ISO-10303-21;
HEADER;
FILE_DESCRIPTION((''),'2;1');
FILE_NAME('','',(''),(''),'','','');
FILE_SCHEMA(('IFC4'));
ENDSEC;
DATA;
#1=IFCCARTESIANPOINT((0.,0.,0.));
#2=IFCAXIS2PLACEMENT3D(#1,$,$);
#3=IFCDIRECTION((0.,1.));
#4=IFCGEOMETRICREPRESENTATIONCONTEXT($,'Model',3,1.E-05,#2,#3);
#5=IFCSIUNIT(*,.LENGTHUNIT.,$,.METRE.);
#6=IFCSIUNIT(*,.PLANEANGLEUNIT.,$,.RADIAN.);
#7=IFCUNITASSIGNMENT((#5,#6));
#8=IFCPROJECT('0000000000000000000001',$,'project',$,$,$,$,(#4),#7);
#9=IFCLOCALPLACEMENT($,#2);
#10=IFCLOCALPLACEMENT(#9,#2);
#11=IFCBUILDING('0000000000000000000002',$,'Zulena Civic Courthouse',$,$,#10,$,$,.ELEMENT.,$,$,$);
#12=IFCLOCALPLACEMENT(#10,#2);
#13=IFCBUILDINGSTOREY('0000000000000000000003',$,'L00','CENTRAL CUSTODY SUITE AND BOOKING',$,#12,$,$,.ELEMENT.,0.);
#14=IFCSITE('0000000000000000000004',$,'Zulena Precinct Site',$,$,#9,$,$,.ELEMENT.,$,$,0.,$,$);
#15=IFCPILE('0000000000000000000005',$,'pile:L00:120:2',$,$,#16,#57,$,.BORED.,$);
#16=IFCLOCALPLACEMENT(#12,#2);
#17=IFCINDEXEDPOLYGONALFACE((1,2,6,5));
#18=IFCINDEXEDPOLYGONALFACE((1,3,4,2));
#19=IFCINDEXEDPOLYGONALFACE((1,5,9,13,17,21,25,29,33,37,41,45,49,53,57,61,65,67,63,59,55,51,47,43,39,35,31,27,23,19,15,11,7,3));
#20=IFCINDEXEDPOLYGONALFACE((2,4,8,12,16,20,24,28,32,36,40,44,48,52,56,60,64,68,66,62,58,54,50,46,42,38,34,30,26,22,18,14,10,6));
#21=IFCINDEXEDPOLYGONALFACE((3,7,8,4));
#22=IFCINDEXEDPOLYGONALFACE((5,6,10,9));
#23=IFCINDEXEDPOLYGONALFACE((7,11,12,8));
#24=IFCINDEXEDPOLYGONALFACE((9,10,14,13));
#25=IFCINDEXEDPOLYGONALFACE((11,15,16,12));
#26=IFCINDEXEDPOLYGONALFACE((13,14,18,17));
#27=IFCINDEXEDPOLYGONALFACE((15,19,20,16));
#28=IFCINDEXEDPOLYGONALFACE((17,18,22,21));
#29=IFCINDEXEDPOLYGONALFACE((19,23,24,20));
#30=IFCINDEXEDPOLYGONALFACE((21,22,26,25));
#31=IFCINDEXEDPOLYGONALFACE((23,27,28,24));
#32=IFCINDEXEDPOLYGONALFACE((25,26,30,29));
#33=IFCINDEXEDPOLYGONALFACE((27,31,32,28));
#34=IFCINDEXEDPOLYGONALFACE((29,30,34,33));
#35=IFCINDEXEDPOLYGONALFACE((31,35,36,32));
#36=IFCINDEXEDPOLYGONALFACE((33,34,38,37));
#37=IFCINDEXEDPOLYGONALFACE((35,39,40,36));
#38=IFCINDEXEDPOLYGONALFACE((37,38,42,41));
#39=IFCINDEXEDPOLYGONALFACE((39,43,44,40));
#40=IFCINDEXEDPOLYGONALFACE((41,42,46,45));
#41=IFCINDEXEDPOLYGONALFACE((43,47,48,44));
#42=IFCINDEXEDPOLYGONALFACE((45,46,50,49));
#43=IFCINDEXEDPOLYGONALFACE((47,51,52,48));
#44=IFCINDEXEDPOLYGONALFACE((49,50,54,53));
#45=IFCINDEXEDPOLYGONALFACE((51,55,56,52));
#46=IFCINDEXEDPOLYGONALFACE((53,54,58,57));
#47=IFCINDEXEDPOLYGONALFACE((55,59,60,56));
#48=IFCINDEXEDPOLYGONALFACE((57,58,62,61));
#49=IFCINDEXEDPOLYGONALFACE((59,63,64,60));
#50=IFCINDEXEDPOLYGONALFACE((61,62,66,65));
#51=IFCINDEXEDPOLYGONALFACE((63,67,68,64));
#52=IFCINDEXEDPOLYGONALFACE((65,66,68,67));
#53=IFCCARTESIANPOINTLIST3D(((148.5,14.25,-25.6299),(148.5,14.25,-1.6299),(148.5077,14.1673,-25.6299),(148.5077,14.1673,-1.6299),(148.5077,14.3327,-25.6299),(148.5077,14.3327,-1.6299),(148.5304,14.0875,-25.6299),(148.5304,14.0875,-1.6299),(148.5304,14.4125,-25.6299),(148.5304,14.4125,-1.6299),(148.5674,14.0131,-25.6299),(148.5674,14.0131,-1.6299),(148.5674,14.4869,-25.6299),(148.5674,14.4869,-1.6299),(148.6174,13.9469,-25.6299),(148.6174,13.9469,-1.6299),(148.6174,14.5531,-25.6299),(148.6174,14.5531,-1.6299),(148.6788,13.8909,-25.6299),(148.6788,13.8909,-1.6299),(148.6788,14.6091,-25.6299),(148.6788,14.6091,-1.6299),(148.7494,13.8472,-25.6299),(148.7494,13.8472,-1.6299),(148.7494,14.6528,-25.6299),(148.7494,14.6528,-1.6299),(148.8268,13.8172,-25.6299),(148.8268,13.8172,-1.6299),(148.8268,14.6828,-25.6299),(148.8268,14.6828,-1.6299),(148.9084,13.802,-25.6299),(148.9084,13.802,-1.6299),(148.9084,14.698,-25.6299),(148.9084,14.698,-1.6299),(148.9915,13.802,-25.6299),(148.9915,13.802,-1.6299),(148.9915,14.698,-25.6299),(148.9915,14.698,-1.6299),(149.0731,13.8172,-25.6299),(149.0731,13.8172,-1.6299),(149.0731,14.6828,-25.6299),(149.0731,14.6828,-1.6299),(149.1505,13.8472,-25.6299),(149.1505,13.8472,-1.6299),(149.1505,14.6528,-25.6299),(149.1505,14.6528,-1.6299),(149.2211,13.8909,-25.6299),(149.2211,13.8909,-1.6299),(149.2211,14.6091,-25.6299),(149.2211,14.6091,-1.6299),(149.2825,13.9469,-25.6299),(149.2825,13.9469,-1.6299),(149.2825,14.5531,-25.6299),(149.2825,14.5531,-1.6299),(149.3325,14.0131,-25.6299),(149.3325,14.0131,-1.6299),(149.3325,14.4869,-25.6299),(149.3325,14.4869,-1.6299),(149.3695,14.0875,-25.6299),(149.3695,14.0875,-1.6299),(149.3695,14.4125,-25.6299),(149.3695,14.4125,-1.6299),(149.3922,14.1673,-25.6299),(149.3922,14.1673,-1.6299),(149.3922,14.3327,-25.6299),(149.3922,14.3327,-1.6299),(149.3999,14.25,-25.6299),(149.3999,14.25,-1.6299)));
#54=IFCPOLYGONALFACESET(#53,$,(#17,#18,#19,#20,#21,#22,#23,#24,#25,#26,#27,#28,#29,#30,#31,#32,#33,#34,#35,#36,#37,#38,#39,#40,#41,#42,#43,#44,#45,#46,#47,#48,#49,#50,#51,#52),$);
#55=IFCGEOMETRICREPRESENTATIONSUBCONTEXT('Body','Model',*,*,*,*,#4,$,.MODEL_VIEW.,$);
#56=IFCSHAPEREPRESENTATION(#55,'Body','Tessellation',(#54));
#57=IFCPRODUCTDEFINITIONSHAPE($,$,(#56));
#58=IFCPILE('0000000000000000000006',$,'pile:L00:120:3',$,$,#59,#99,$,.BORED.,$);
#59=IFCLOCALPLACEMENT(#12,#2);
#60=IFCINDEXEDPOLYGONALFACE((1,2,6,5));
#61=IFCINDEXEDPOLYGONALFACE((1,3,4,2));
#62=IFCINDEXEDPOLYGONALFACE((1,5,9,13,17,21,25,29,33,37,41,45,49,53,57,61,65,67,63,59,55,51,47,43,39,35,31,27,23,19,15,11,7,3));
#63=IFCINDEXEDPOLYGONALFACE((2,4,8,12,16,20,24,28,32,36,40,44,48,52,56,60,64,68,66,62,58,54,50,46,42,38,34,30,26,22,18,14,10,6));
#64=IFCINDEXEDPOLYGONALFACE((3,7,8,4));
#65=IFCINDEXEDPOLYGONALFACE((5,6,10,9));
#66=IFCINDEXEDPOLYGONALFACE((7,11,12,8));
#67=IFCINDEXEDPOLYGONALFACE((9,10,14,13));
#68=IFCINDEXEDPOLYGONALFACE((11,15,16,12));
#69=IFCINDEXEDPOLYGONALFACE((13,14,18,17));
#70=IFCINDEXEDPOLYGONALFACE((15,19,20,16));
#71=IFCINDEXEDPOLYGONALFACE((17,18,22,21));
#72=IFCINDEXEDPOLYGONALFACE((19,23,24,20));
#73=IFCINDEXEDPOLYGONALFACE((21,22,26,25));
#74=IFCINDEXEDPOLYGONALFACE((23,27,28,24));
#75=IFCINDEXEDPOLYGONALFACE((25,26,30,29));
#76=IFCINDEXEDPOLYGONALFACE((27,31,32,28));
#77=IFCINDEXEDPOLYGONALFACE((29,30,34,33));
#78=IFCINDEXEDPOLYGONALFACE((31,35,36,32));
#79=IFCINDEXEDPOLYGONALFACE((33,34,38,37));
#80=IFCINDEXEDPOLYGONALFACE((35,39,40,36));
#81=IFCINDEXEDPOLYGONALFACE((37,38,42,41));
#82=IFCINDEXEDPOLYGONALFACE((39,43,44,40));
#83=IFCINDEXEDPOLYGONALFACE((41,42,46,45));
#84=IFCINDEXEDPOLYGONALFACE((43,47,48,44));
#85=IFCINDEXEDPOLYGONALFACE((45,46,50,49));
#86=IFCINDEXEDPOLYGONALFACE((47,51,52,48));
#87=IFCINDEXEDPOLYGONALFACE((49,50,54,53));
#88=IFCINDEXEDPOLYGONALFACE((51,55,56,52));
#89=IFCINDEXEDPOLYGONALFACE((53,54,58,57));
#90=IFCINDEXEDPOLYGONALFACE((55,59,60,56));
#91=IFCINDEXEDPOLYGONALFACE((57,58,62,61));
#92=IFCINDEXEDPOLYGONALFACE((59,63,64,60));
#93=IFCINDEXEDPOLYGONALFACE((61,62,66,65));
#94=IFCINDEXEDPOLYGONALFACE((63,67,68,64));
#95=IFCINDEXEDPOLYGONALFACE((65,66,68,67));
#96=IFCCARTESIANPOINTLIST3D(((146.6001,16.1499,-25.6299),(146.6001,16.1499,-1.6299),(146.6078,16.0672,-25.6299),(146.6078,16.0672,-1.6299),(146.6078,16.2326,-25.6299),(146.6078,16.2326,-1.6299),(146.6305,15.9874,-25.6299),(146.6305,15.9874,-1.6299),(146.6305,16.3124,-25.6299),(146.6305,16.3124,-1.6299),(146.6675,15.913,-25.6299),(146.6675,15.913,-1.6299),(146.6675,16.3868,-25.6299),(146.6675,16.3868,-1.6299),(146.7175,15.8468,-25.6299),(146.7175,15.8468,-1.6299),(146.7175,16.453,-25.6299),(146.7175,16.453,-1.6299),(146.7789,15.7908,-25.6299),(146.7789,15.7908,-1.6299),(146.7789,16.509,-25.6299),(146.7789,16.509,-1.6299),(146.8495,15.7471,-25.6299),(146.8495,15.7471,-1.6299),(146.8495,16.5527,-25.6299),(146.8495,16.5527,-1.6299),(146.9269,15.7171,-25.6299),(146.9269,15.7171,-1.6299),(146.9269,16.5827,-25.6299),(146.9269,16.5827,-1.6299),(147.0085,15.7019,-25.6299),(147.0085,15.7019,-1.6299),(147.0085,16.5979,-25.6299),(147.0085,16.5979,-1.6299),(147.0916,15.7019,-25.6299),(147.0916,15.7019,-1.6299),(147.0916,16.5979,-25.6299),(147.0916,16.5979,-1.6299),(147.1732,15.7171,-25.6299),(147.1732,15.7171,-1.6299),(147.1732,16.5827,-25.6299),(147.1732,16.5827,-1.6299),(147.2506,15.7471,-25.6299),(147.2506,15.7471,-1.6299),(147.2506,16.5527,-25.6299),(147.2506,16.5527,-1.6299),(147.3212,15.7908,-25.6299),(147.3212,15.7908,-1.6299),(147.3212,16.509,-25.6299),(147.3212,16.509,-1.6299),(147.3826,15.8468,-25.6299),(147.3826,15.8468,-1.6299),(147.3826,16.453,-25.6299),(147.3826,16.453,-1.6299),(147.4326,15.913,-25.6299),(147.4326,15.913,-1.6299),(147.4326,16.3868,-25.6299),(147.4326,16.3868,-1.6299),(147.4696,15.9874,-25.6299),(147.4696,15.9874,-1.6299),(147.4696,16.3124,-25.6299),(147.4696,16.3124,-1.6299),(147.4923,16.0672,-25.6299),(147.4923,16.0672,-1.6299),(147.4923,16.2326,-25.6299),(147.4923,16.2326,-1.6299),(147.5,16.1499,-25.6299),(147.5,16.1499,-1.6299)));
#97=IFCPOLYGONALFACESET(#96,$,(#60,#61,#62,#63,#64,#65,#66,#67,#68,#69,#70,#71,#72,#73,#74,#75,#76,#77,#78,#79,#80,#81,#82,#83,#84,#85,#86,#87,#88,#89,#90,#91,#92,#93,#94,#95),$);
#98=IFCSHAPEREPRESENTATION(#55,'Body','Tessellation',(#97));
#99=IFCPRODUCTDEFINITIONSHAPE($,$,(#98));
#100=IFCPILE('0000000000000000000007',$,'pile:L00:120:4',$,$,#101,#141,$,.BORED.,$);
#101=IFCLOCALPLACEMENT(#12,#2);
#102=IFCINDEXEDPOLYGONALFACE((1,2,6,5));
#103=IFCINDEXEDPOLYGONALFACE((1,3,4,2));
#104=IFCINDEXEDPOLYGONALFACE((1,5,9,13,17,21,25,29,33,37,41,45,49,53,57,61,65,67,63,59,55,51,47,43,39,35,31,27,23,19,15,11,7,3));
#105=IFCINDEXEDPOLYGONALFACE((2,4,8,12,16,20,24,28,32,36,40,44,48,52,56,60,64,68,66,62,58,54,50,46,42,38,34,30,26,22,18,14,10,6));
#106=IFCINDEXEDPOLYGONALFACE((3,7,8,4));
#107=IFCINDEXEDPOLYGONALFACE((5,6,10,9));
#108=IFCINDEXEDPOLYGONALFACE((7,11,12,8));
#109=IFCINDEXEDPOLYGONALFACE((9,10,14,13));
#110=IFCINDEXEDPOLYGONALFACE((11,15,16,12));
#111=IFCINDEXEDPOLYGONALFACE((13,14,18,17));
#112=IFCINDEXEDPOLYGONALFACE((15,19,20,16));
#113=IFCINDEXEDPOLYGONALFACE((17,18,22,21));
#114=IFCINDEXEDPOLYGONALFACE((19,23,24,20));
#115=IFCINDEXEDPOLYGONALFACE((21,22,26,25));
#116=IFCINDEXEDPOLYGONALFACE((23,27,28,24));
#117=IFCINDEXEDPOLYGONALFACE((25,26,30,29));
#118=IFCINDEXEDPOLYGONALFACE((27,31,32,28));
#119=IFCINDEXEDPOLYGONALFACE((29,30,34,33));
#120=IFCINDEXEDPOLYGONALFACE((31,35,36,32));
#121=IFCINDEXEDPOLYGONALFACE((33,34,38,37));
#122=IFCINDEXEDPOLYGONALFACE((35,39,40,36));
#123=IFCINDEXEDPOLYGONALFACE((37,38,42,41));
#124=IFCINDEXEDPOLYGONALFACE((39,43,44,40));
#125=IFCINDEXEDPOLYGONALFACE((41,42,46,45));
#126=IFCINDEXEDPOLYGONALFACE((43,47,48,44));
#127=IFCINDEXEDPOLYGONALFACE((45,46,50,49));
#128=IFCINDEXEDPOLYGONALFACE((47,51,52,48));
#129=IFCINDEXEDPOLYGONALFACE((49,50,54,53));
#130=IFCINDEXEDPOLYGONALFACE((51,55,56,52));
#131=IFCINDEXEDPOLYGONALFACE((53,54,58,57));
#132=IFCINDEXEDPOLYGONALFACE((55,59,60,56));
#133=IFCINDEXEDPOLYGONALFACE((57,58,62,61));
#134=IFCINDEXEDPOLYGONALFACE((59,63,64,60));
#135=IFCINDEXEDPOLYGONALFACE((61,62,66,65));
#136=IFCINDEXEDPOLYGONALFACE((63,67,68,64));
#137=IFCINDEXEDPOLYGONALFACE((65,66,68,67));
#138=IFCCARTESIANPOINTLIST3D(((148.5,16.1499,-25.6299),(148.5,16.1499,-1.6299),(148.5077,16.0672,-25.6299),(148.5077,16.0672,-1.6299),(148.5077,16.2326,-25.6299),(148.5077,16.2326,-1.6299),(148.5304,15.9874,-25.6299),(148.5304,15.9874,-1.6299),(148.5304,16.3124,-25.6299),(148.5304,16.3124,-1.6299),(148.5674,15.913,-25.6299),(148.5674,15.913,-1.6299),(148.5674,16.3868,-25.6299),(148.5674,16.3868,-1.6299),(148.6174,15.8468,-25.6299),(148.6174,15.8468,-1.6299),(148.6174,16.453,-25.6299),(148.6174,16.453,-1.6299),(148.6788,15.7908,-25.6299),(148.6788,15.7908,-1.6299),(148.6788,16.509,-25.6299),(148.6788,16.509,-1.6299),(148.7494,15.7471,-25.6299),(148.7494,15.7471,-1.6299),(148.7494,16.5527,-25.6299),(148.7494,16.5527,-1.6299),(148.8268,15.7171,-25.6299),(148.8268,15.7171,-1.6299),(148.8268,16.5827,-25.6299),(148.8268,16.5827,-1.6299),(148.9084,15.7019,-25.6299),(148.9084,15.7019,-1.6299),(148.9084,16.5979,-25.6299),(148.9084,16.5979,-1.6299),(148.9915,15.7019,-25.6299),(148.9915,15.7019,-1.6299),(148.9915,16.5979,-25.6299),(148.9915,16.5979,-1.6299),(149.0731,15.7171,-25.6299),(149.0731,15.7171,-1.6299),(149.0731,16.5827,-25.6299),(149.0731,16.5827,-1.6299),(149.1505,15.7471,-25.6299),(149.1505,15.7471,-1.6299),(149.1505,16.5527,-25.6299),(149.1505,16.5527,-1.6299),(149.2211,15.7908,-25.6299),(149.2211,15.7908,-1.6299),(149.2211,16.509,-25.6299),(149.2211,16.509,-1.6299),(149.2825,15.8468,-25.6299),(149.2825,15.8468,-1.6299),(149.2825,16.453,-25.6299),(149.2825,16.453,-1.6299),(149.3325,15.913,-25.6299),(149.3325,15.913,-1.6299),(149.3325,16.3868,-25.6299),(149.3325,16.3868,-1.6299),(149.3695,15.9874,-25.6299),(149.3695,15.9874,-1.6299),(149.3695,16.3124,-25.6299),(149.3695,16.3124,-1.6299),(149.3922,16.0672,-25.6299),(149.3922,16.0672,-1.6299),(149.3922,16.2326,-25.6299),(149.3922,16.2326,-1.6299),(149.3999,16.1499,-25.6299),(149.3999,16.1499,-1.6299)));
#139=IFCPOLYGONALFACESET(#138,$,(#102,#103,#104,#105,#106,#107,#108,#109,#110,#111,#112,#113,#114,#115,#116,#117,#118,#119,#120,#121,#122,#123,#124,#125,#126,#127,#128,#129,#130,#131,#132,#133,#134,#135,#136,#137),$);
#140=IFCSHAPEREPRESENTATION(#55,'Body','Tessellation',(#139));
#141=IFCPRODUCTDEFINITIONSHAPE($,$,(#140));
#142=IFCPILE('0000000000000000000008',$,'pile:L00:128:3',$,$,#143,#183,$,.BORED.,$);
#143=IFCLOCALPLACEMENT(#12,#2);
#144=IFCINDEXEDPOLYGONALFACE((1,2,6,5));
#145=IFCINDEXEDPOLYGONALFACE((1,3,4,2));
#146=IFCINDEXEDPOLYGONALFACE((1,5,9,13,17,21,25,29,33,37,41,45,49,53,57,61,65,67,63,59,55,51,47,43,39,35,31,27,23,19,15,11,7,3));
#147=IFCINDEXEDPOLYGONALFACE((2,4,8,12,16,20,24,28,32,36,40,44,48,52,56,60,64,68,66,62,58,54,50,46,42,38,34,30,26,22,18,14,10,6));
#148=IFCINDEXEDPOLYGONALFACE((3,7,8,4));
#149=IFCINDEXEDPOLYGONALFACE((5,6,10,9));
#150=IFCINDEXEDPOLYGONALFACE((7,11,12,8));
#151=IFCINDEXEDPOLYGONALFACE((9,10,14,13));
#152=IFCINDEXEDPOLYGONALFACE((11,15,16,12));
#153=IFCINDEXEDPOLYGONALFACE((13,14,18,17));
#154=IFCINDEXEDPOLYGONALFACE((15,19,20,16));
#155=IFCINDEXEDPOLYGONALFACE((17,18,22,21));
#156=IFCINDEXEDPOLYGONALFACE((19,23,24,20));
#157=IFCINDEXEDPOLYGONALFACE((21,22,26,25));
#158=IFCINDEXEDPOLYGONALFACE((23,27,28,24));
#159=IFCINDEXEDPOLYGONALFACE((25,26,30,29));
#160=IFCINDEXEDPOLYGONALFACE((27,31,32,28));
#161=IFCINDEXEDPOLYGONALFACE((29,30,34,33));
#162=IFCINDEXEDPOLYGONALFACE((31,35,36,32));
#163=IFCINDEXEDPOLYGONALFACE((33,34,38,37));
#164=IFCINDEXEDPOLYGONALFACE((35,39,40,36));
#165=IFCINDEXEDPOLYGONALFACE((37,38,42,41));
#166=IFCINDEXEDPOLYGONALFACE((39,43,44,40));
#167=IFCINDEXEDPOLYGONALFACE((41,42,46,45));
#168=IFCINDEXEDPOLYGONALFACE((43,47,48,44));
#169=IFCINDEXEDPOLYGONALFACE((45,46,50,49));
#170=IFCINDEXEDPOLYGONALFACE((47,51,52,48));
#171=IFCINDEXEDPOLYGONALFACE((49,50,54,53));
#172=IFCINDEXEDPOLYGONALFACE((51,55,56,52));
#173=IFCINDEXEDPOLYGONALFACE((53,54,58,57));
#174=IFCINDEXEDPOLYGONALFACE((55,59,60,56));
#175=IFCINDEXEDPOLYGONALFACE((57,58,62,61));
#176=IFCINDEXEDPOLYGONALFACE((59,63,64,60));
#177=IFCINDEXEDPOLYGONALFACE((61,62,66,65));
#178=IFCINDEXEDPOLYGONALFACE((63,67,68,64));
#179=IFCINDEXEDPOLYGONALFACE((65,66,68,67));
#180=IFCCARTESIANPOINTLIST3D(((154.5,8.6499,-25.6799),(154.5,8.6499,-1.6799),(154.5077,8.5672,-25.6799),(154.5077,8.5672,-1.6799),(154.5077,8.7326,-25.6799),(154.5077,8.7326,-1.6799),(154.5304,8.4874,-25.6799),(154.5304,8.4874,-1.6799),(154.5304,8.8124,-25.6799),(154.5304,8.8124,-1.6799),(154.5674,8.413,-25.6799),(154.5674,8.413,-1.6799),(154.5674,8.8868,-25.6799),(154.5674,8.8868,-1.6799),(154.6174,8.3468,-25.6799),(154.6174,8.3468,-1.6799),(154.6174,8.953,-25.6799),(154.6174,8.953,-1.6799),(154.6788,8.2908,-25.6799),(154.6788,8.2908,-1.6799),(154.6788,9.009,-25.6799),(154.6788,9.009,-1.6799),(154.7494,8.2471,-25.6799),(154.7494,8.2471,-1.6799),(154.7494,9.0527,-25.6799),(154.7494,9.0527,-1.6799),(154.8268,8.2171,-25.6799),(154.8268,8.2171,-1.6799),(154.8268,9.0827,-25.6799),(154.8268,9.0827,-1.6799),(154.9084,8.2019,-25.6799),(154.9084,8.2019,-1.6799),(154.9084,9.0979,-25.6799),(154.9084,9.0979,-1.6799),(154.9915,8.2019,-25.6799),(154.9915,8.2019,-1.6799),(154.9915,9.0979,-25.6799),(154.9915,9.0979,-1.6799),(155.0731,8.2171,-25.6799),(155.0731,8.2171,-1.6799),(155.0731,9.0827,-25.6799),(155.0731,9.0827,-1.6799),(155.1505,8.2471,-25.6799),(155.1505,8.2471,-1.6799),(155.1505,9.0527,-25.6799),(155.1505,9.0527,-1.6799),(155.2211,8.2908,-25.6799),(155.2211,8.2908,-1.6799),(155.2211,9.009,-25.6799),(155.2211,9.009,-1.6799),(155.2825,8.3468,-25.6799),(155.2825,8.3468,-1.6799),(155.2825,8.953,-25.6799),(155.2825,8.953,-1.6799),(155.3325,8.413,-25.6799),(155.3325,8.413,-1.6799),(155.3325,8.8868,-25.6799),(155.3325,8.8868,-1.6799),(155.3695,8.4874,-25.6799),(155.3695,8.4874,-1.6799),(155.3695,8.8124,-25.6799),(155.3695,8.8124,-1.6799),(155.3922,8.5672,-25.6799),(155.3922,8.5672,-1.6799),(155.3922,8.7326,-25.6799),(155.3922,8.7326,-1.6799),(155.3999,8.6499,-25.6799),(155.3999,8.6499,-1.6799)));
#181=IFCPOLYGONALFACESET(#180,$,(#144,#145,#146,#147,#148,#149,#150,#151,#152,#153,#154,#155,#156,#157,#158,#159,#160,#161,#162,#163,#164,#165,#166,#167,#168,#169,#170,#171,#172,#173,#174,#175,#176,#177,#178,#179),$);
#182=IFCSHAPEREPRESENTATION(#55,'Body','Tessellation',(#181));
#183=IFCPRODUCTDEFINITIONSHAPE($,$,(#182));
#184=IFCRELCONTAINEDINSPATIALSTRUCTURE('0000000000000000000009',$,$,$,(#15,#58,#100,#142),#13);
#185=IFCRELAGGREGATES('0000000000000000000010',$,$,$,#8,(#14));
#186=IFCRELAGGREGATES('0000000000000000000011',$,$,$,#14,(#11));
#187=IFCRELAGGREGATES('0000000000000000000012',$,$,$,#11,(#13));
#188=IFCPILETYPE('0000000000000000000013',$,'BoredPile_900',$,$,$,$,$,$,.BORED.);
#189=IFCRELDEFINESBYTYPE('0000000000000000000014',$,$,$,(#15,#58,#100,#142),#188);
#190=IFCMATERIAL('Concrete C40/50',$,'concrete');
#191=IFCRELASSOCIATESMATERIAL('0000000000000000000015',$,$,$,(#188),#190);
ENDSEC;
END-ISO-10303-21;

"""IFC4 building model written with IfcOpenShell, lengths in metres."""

from ifc_helpers import new_model, si_unit, direction, frame, origin, origin_2d, place, context, subcontext, project, spatial, circle, extrude, material, material_profile, profile_set, type_object, element, save


model = new_model("IFC4")

# Units and contexts
model_context = context("Model", 3, precision=1e-05, world=origin(), true_north=direction((0.0, 1.0)))
body_context = subcontext(model_context, "Body", "Model", "MODEL_VIEW")
ifc_project = project(units=[si_unit("LENGTHUNIT", "METRE"), si_unit("PLANEANGLEUNIT", "RADIAN")], contexts=[model_context])

# Site, building, storey
site_placement = place(None, origin())
site = spatial("IfcSite", under=ifc_project, at=site_placement, Name="Zulena Precinct Site", CompositionType="ELEMENT", RefElevation=0.0)
building_placement = place(site_placement, origin())
building = spatial("IfcBuilding", under=site, at=building_placement, Name="Zulena Civic Courthouse", CompositionType="ELEMENT")
storey_placement = place(building_placement, origin())
storey = spatial("IfcBuildingStorey", under=building, at=storey_placement, Name="L00", Description="CENTRAL CUSTODY SUITE AND BOOKING", CompositionType="ELEMENT", Elevation=0.0)

# Piles
ifc_material_1 = material(Name="Concrete C40/50", Category="concrete")
ifc_material_profile_1 = material_profile(ifc_material_1, circle(Radius=0.45, at=origin_2d()), Name="PILE900")
ifc_profile_set_1 = profile_set([ifc_material_profile_1], Name="Concrete C40/50")
pile_type_1 = type_object("IfcPileType", Name="BoredPile_900", PredefinedType="BORED", material=ifc_profile_set_1)
for number, where, z_axis, x_axis, name in (
    (1, (148.95, 14.25, -1.6299), (0.0, 0.0, -1.0), (1.0, 0.0, 0.0), "pile:L00:120:2"),
    (2, (147.05, 16.1499, -1.6299), (0.0, 0.0, -1.0), (1.0, 0.0, 0.0), "pile:L00:120:3"),
    (3, (148.95, 16.1499, -1.6299), (0.0, 0.0, -1.0), (1.0, 0.0, 0.0), "pile:L00:120:4"),
    (4, (154.95, 8.6499, -1.6799), (0.0, 0.0, -1.0), (1.0, 0.0, 0.0), "pile:L00:128:3"),
):
    element("IfcPile", number, at=place(storey_placement, frame(where, z_axis=z_axis, x_axis=x_axis)), inside=storey, type_object=pile_type_1, Name=name, PredefinedType="BORED", context=body_context, shape_type="SweptSolid", body=[
        extrude(circle(Radius=0.45, at=origin_2d()), origin(), (0.0, 0.0, 1.0), 24.0),
    ])

save(model, "model.ifc")
